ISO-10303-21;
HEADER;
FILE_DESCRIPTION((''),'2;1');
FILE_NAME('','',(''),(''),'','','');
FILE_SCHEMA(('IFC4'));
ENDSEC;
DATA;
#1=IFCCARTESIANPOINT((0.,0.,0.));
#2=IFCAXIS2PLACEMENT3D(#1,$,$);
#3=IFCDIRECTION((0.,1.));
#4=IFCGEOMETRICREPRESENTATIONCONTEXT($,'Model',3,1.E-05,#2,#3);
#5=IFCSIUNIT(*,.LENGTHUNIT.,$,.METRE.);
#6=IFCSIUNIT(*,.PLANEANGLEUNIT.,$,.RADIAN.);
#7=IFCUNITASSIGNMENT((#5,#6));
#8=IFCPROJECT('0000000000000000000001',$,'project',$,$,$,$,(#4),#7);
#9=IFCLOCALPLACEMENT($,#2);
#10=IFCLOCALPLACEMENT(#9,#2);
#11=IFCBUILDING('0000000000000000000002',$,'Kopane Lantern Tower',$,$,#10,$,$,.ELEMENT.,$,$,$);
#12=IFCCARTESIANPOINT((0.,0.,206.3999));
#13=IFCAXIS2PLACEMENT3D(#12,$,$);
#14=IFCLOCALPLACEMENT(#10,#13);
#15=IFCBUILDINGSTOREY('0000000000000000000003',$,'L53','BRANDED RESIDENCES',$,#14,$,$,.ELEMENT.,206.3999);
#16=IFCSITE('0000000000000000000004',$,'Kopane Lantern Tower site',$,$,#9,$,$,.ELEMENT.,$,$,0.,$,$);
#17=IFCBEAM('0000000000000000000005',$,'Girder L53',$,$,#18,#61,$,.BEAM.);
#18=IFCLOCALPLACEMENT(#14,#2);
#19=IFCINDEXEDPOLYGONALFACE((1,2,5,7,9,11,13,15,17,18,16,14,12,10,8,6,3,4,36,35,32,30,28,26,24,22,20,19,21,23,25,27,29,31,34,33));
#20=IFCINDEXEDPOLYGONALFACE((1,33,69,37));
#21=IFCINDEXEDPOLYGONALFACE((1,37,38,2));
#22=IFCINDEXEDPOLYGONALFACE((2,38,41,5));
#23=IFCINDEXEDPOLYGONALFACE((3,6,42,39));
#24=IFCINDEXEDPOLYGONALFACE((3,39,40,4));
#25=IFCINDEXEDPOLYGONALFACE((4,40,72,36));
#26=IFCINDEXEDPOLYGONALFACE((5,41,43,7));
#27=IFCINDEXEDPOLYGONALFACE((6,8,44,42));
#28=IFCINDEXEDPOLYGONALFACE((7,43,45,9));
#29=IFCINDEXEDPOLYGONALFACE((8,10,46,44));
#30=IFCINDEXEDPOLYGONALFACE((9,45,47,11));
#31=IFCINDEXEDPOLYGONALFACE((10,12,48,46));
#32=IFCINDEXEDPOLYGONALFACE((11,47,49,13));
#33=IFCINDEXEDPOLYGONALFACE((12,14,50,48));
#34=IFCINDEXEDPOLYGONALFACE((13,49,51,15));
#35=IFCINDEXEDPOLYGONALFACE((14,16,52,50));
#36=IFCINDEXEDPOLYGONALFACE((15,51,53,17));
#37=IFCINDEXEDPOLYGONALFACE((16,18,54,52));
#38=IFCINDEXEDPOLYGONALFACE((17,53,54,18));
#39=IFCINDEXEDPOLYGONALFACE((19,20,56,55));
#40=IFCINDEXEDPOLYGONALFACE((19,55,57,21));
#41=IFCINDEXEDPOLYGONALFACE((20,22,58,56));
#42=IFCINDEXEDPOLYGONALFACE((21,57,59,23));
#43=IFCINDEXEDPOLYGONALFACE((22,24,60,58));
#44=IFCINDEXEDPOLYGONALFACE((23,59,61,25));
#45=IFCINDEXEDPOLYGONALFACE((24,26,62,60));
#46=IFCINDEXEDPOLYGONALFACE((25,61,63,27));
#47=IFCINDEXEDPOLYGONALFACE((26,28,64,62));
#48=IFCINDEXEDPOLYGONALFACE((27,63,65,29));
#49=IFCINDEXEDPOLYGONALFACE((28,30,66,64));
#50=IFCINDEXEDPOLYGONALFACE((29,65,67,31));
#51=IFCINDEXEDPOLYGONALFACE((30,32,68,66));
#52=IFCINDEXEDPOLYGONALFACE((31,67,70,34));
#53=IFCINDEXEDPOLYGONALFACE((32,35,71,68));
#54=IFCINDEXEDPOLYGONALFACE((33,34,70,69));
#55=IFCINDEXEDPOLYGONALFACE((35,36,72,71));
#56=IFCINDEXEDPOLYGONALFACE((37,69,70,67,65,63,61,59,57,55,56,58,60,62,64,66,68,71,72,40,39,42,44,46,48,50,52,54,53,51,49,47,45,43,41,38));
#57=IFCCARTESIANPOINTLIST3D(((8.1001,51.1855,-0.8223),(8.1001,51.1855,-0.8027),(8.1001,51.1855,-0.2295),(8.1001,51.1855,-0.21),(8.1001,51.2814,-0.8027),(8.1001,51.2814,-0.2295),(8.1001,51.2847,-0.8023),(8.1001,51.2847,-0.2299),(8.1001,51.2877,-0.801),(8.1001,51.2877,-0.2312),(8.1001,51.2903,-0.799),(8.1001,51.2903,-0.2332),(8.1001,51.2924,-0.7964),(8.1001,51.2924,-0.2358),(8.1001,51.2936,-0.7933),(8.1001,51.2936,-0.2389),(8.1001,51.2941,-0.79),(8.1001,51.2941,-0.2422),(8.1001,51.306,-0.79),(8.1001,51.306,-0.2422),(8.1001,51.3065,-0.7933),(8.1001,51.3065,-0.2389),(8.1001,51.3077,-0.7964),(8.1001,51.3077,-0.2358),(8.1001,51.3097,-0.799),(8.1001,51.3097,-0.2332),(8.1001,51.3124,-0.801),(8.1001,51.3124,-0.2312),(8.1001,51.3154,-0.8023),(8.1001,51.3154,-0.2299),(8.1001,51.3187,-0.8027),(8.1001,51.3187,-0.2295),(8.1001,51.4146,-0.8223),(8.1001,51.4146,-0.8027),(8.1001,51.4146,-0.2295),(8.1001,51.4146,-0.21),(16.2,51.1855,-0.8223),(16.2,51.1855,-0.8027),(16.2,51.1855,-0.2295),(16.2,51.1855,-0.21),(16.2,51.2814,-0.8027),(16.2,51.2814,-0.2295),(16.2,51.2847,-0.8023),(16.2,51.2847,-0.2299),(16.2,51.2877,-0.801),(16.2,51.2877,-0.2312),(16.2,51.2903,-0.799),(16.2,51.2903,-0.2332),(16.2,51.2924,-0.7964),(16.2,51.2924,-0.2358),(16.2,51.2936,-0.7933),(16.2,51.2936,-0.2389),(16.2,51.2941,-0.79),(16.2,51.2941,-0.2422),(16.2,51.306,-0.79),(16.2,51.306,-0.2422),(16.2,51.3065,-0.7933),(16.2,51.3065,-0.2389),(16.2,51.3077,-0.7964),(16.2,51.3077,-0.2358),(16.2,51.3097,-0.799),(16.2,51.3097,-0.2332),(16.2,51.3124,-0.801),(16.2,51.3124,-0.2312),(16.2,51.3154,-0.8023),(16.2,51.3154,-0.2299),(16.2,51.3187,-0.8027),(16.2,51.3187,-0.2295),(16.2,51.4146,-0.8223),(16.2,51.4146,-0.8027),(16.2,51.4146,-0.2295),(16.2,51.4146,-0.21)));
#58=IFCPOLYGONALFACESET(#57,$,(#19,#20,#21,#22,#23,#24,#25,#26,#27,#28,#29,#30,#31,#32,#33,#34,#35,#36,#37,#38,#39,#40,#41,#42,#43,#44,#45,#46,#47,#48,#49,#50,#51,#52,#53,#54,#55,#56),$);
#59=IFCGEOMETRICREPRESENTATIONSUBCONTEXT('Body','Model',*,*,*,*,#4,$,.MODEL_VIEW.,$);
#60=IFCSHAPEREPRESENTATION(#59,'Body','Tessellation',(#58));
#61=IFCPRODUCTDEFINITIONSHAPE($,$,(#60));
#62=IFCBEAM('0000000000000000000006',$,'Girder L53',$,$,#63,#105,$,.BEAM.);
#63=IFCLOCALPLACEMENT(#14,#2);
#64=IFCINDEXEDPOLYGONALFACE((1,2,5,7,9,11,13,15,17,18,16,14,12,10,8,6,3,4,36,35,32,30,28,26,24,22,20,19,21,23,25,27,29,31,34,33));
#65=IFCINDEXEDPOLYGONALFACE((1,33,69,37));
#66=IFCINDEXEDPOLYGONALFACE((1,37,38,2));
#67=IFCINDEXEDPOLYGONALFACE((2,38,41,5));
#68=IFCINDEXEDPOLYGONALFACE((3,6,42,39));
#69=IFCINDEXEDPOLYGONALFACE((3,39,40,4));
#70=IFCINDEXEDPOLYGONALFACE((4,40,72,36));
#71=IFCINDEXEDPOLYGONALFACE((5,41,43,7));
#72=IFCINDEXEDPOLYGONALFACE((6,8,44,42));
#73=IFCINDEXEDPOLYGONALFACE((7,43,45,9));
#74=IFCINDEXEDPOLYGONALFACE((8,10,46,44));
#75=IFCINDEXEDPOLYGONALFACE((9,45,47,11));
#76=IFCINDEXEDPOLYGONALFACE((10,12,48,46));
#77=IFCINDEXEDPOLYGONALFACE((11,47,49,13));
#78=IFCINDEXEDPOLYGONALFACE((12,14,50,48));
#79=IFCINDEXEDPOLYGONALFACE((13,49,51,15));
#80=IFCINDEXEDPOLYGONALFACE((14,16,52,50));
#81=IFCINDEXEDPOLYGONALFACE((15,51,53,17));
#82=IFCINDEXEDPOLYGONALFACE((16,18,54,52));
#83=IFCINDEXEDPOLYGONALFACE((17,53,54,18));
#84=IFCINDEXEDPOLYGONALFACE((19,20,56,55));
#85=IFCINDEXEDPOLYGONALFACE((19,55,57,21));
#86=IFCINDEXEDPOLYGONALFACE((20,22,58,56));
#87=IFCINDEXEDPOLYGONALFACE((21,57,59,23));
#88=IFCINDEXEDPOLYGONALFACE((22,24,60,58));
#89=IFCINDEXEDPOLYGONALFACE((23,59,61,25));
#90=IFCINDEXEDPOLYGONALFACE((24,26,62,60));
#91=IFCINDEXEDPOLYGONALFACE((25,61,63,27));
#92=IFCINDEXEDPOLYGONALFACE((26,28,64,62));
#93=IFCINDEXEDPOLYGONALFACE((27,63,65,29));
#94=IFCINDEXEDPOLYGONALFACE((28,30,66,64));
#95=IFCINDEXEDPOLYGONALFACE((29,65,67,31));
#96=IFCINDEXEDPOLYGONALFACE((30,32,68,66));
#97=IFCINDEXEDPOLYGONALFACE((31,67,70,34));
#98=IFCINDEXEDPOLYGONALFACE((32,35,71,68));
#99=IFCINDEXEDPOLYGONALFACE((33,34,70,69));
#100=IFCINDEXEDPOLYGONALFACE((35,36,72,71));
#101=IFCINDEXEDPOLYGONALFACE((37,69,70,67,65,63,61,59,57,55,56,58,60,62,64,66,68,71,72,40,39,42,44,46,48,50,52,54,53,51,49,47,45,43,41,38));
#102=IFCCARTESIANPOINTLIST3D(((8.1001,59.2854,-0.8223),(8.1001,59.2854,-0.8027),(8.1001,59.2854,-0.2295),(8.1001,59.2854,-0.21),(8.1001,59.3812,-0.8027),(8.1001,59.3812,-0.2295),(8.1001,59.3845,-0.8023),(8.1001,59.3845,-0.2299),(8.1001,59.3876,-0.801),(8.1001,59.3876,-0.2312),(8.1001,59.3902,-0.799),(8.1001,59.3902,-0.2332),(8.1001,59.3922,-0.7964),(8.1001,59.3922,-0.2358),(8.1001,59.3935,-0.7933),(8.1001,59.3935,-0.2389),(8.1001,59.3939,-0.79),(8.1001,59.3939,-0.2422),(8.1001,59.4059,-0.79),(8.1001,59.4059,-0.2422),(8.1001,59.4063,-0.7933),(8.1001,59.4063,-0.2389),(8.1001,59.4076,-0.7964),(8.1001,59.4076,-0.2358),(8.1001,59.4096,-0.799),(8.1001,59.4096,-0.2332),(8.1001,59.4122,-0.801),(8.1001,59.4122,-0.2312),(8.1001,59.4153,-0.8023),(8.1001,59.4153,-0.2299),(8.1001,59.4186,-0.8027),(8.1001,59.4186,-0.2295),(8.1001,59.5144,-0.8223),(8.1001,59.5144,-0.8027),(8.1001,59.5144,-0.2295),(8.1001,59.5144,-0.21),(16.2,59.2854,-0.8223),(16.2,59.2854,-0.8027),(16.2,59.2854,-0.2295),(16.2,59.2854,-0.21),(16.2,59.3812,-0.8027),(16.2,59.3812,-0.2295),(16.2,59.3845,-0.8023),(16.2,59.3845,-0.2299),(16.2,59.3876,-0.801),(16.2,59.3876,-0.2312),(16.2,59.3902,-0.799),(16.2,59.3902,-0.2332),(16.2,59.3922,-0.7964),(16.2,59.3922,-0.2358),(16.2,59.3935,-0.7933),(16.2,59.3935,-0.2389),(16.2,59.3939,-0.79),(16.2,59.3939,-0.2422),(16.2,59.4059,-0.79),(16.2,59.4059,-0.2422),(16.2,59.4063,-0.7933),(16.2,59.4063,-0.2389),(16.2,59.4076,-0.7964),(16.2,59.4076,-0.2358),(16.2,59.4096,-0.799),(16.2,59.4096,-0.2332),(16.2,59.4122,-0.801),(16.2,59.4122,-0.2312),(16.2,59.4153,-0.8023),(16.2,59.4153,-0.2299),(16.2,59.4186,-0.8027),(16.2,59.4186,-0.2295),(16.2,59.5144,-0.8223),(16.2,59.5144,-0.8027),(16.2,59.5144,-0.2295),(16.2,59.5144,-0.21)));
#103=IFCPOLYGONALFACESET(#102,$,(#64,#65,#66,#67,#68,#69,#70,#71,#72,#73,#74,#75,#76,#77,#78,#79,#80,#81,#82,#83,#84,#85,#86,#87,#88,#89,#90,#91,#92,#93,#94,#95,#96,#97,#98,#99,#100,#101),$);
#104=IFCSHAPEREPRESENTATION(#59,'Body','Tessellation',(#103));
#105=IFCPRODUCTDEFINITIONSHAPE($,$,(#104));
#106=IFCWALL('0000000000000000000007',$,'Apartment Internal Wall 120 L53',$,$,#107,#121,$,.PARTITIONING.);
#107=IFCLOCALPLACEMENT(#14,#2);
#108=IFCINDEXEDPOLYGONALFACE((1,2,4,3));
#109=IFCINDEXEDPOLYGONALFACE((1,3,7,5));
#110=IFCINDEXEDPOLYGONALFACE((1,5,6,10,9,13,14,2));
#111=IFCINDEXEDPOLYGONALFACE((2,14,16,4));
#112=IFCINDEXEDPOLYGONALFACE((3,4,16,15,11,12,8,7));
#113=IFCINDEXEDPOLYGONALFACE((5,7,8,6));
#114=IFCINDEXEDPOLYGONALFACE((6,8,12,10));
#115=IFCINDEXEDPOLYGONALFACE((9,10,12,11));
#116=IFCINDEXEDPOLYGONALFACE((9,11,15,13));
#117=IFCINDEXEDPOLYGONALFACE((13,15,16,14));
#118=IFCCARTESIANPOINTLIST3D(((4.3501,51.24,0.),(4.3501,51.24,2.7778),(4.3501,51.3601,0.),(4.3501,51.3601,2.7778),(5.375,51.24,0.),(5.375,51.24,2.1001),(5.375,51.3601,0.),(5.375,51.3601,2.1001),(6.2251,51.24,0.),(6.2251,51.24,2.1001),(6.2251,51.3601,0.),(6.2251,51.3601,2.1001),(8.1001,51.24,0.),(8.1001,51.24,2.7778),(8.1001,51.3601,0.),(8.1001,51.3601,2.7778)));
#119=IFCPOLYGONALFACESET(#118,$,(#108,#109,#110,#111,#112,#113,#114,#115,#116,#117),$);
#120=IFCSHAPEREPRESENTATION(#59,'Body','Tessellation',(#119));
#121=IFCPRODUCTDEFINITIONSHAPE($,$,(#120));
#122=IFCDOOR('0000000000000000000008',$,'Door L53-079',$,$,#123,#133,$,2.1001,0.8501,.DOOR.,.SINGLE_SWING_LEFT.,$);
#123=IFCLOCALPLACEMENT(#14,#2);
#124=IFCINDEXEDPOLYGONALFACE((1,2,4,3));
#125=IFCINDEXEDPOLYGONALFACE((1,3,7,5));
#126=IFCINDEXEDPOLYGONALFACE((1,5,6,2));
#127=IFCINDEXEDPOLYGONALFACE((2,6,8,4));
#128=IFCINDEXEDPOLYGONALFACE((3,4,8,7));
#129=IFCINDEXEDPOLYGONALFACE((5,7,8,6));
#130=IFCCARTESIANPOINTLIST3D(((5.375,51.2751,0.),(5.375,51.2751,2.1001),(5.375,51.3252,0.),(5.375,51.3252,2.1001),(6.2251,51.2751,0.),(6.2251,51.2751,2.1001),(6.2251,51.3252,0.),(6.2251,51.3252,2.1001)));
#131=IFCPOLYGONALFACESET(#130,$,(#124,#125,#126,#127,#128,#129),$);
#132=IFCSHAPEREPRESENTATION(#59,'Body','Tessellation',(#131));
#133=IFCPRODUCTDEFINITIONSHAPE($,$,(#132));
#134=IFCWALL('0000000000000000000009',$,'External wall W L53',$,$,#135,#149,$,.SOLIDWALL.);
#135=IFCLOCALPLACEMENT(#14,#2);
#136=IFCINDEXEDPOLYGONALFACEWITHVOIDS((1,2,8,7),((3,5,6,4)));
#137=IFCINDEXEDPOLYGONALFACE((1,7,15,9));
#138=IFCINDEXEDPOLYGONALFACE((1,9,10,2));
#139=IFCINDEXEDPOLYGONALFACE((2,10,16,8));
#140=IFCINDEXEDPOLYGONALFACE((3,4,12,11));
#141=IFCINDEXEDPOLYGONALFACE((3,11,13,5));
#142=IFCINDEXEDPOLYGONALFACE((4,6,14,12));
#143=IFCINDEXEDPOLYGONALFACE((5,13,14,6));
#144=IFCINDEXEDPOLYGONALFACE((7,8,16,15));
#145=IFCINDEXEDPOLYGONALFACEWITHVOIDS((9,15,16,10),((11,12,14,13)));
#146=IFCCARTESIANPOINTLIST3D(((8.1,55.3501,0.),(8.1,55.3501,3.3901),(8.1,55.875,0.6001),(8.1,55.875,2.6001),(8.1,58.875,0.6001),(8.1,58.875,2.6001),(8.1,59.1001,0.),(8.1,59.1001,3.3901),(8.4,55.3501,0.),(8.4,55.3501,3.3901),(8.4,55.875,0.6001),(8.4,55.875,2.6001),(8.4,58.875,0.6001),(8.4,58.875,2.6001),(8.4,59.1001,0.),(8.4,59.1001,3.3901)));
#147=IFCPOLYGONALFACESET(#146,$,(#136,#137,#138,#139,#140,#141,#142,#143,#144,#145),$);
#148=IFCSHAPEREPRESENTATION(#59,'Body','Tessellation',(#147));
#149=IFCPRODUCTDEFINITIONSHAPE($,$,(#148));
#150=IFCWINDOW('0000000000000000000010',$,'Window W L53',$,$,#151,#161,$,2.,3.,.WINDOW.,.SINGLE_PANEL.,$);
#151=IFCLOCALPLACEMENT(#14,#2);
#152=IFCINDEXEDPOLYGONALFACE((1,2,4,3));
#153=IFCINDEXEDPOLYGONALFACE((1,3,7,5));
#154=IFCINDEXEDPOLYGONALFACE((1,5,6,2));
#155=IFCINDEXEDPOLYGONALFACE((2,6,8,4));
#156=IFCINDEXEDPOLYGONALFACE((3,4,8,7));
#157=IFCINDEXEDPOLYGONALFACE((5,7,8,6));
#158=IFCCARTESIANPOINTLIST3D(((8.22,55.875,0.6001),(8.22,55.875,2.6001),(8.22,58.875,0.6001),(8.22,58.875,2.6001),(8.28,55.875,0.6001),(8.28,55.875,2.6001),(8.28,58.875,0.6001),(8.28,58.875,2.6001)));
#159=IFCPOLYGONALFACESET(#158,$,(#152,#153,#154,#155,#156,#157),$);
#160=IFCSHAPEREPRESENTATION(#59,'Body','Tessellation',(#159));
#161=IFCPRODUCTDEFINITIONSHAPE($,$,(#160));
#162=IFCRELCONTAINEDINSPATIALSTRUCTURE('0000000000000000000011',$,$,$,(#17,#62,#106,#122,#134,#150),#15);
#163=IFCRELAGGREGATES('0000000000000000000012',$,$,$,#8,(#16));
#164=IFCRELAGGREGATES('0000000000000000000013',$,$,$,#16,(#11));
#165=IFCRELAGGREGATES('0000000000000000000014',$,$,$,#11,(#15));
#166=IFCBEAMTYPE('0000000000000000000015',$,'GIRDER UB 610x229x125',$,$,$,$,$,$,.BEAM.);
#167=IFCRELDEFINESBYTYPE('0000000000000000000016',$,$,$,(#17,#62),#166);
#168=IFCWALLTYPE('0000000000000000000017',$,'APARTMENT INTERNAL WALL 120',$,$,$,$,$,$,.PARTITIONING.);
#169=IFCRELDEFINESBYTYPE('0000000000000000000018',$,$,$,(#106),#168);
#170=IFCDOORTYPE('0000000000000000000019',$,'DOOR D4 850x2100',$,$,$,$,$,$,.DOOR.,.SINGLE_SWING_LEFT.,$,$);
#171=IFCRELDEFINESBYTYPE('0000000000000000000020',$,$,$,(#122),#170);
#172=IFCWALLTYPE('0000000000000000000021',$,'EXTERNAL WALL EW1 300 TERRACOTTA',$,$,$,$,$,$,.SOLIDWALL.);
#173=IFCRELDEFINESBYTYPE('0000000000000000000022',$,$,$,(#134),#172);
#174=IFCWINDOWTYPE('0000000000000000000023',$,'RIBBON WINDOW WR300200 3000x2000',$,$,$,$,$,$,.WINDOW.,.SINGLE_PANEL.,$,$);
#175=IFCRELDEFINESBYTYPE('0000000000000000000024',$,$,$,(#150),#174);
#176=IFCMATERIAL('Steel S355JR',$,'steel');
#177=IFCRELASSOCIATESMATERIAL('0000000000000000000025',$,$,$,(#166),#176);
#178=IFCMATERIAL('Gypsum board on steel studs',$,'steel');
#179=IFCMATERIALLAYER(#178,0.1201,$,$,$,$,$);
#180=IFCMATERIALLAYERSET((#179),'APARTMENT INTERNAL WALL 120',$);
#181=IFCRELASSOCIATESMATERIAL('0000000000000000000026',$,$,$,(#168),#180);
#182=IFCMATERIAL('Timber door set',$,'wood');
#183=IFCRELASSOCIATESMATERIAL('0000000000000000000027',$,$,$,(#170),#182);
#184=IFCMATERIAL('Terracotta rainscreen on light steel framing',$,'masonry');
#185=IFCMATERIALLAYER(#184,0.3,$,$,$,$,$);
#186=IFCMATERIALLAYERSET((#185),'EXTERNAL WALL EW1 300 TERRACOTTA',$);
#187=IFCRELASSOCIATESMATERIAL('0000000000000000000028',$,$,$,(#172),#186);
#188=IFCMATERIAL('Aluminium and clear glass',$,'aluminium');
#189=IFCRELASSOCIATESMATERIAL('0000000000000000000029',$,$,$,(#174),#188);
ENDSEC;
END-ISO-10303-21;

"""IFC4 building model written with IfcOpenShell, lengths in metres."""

from ifc_helpers import new_model, si_unit, direction, frame, frame_2d, origin, origin_2d, place, context, subcontext, project, spatial, rectangle, i_section, extrude, material, layer, layer_set, material_profile, profile_set, type_object, element, fill, save


model = new_model("IFC4")

# Units and contexts
model_context = context("Model", 3, precision=1e-05, world=origin(), true_north=direction((0.0, 1.0)))
body_context = subcontext(model_context, "Body", "Model", "MODEL_VIEW")
ifc_project = project(units=[si_unit("LENGTHUNIT", "METRE"), si_unit("PLANEANGLEUNIT", "RADIAN")], contexts=[model_context])

# Site, building, storey
site_placement = place(None, origin())
site = spatial("IfcSite", under=ifc_project, at=site_placement, Name="Kopane Lantern Tower site", CompositionType="ELEMENT", RefElevation=0.0)
building_placement = place(site_placement, origin())
building = spatial("IfcBuilding", under=site, at=building_placement, Name="Kopane Lantern Tower", CompositionType="ELEMENT")
storey_placement = place(building_placement, frame((0.0, 0.0, 206.3999)))
storey = spatial("IfcBuildingStorey", under=building, at=storey_placement, Name="L53", Description="BRANDED RESIDENCES", CompositionType="ELEMENT", Elevation=206.3999)

# Beams
ifc_material_1 = material(Name="Steel S355JR", Category="steel")
ifc_material_profile_1 = material_profile(ifc_material_1, i_section(OverallWidth=0.229, OverallDepth=0.6123, WebThickness=0.012, FlangeThickness=0.0195, FilletRadius=0.0127, at=origin_2d()), Name="UB 610x229x125")
ifc_profile_set_1 = profile_set([ifc_material_profile_1], Name="Steel S355JR")
beam_type_1 = type_object("IfcBeamType", Name="GIRDER UB 610x229x125", PredefinedType="BEAM", material=ifc_profile_set_1)
for number, where, z_axis, x_axis, name in (
    (1, (8.1001, 51.3, -0.5161), (1.0, 0.0, 0.0), (0.0, 1.0, 0.0), "Girder L53"),
    (2, (8.1001, 59.3999, -0.5161), (1.0, 0.0, 0.0), (0.0, 1.0, 0.0), "Girder L53"),
):
    element("IfcBeam", number, at=place(storey_placement, frame(where, z_axis=z_axis, x_axis=x_axis)), inside=storey, type_object=beam_type_1, Name=name, PredefinedType="BEAM", context=body_context, shape_type="SweptSolid", body=[
        extrude(i_section(OverallWidth=0.229, OverallDepth=0.6123, WebThickness=0.012, FlangeThickness=0.0195, FilletRadius=0.0127, at=origin_2d()), origin(), (0.0, 0.0, 1.0), 8.0999),
    ])

# Wall, opening, door
ifc_material_2 = material(Name="Gypsum board on steel studs", Category="steel")
ifc_layer_1 = layer(ifc_material_2, 0.1201)
ifc_layer_set_1 = layer_set([ifc_layer_1], Name="APARTMENT INTERNAL WALL 120")
wall_type_1 = type_object("IfcWallType", Name="APARTMENT INTERNAL WALL 120", PredefinedType="PARTITIONING", material=ifc_layer_set_1)
wall_1_placement = place(storey_placement, frame((8.1001, 51.3, 0.0), z_axis=(0.0, 0.0, 1.0), x_axis=(-1.0, 0.0, 0.0)))
wall_1 = element("IfcWall", 3, at=wall_1_placement, inside=storey, type_object=wall_type_1, Name="Apartment Internal Wall 120 L53", PredefinedType="PARTITIONING", context=body_context, shape_type="SweptSolid", body=[
    extrude(rectangle(XDim=3.75, YDim=0.1201, at=frame_2d((1.875, 0.0))), origin(), (0.0, 0.0, 1.0), 2.7778),
])
opening_1_placement = place(wall_1_placement, frame((1.875, 0.0, 0.0)))
opening_1 = element("IfcOpeningElement", 4, at=opening_1_placement, cuts=wall_1, PredefinedType="OPENING", context=body_context, shape_type="SweptSolid", body=[
    extrude(rectangle(XDim=0.8501, YDim=2.1001, at=frame_2d((0.425, 1.05))), frame((0.0, 0.0701, 0.0), z_axis=(0.0, -1.0, 0.0), x_axis=(1.0, 0.0, 0.0)), (0.0, 0.0, 1.0), 0.1401),
])
ifc_material_3 = material(Name="Timber door set", Category="wood")
door_type = type_object("IfcDoorType", Name="DOOR D4 850x2100", OperationType="SINGLE_SWING_LEFT", PredefinedType="DOOR", material=ifc_material_3)
door_placement = place(opening_1_placement, origin())
door = element("IfcDoor", 5, at=door_placement, inside=storey, type_object=door_type, Name="Door L53-079", OperationType="SINGLE_SWING_LEFT", OverallHeight=2.1001, OverallWidth=0.8501, PredefinedType="DOOR", context=body_context, shape_type="SweptSolid", body=[
    extrude(rectangle(XDim=0.8501, YDim=2.1001, at=frame_2d((0.425, 1.05))), frame((0.0, 0.0249, 0.0), z_axis=(0.0, -1.0, 0.0), x_axis=(1.0, 0.0, 0.0)), (0.0, 0.0, 1.0), 0.05),
])
fill(opening_1, door)

# Wall, opening, window
ifc_material_4 = material(Name="Terracotta rainscreen on light steel framing", Category="masonry")
ifc_layer_2 = layer(ifc_material_4, 0.3)
ifc_layer_set_2 = layer_set([ifc_layer_2], Name="EXTERNAL WALL EW1 300 TERRACOTTA")
wall_type_2 = type_object("IfcWallType", Name="EXTERNAL WALL EW1 300 TERRACOTTA", PredefinedType="SOLIDWALL", material=ifc_layer_set_2)
wall_2_placement = place(storey_placement, frame((8.25, 59.1001, 0.0), z_axis=(0.0, 0.0, 1.0), x_axis=(0.0, -1.0, 0.0)))
wall_2 = element("IfcWall", 6, at=wall_2_placement, inside=storey, type_object=wall_type_2, Name="External wall W L53", PredefinedType="SOLIDWALL", context=body_context, shape_type="SweptSolid", body=[
    extrude(rectangle(XDim=3.75, YDim=0.3, at=frame_2d((1.875, 0.0))), origin(), (0.0, 0.0, 1.0), 3.3901),
])
opening_2_placement = place(wall_2_placement, frame((0.2251, 0.0, 0.6001)))
opening_2 = element("IfcOpeningElement", 7, at=opening_2_placement, cuts=wall_2, PredefinedType="OPENING", context=body_context, shape_type="SweptSolid", body=[
    extrude(rectangle(XDim=3.0, YDim=2.0, at=frame_2d((1.5, 1.0))), frame((0.0, 0.1599, 0.0), z_axis=(0.0, -1.0, 0.0), x_axis=(1.0, 0.0, 0.0)), (0.0, 0.0, 1.0), 0.3201),
])
ifc_material_5 = material(Name="Aluminium and clear glass", Category="aluminium")
window_type = type_object("IfcWindowType", Name="RIBBON WINDOW WR300200 3000x2000", PartitioningType="SINGLE_PANEL", PredefinedType="WINDOW", material=ifc_material_5)
window_1_placement = place(opening_2_placement, origin())
window_1 = element("IfcWindow", 8, at=window_1_placement, inside=storey, type_object=window_type, Name="Window W L53", OverallHeight=2.0, OverallWidth=3.0, PartitioningType="SINGLE_PANEL", PredefinedType="WINDOW", context=body_context, shape_type="SweptSolid", body=[
    extrude(rectangle(XDim=3.0, YDim=2.0, at=frame_2d((1.5, 1.0))), frame((0.0, 0.03, 0.0), z_axis=(0.0, -1.0, 0.0), x_axis=(1.0, 0.0, 0.0)), (0.0, 0.0, 1.0), 0.0601),
])
fill(opening_2, window_1)

save(model, "model.ifc")
